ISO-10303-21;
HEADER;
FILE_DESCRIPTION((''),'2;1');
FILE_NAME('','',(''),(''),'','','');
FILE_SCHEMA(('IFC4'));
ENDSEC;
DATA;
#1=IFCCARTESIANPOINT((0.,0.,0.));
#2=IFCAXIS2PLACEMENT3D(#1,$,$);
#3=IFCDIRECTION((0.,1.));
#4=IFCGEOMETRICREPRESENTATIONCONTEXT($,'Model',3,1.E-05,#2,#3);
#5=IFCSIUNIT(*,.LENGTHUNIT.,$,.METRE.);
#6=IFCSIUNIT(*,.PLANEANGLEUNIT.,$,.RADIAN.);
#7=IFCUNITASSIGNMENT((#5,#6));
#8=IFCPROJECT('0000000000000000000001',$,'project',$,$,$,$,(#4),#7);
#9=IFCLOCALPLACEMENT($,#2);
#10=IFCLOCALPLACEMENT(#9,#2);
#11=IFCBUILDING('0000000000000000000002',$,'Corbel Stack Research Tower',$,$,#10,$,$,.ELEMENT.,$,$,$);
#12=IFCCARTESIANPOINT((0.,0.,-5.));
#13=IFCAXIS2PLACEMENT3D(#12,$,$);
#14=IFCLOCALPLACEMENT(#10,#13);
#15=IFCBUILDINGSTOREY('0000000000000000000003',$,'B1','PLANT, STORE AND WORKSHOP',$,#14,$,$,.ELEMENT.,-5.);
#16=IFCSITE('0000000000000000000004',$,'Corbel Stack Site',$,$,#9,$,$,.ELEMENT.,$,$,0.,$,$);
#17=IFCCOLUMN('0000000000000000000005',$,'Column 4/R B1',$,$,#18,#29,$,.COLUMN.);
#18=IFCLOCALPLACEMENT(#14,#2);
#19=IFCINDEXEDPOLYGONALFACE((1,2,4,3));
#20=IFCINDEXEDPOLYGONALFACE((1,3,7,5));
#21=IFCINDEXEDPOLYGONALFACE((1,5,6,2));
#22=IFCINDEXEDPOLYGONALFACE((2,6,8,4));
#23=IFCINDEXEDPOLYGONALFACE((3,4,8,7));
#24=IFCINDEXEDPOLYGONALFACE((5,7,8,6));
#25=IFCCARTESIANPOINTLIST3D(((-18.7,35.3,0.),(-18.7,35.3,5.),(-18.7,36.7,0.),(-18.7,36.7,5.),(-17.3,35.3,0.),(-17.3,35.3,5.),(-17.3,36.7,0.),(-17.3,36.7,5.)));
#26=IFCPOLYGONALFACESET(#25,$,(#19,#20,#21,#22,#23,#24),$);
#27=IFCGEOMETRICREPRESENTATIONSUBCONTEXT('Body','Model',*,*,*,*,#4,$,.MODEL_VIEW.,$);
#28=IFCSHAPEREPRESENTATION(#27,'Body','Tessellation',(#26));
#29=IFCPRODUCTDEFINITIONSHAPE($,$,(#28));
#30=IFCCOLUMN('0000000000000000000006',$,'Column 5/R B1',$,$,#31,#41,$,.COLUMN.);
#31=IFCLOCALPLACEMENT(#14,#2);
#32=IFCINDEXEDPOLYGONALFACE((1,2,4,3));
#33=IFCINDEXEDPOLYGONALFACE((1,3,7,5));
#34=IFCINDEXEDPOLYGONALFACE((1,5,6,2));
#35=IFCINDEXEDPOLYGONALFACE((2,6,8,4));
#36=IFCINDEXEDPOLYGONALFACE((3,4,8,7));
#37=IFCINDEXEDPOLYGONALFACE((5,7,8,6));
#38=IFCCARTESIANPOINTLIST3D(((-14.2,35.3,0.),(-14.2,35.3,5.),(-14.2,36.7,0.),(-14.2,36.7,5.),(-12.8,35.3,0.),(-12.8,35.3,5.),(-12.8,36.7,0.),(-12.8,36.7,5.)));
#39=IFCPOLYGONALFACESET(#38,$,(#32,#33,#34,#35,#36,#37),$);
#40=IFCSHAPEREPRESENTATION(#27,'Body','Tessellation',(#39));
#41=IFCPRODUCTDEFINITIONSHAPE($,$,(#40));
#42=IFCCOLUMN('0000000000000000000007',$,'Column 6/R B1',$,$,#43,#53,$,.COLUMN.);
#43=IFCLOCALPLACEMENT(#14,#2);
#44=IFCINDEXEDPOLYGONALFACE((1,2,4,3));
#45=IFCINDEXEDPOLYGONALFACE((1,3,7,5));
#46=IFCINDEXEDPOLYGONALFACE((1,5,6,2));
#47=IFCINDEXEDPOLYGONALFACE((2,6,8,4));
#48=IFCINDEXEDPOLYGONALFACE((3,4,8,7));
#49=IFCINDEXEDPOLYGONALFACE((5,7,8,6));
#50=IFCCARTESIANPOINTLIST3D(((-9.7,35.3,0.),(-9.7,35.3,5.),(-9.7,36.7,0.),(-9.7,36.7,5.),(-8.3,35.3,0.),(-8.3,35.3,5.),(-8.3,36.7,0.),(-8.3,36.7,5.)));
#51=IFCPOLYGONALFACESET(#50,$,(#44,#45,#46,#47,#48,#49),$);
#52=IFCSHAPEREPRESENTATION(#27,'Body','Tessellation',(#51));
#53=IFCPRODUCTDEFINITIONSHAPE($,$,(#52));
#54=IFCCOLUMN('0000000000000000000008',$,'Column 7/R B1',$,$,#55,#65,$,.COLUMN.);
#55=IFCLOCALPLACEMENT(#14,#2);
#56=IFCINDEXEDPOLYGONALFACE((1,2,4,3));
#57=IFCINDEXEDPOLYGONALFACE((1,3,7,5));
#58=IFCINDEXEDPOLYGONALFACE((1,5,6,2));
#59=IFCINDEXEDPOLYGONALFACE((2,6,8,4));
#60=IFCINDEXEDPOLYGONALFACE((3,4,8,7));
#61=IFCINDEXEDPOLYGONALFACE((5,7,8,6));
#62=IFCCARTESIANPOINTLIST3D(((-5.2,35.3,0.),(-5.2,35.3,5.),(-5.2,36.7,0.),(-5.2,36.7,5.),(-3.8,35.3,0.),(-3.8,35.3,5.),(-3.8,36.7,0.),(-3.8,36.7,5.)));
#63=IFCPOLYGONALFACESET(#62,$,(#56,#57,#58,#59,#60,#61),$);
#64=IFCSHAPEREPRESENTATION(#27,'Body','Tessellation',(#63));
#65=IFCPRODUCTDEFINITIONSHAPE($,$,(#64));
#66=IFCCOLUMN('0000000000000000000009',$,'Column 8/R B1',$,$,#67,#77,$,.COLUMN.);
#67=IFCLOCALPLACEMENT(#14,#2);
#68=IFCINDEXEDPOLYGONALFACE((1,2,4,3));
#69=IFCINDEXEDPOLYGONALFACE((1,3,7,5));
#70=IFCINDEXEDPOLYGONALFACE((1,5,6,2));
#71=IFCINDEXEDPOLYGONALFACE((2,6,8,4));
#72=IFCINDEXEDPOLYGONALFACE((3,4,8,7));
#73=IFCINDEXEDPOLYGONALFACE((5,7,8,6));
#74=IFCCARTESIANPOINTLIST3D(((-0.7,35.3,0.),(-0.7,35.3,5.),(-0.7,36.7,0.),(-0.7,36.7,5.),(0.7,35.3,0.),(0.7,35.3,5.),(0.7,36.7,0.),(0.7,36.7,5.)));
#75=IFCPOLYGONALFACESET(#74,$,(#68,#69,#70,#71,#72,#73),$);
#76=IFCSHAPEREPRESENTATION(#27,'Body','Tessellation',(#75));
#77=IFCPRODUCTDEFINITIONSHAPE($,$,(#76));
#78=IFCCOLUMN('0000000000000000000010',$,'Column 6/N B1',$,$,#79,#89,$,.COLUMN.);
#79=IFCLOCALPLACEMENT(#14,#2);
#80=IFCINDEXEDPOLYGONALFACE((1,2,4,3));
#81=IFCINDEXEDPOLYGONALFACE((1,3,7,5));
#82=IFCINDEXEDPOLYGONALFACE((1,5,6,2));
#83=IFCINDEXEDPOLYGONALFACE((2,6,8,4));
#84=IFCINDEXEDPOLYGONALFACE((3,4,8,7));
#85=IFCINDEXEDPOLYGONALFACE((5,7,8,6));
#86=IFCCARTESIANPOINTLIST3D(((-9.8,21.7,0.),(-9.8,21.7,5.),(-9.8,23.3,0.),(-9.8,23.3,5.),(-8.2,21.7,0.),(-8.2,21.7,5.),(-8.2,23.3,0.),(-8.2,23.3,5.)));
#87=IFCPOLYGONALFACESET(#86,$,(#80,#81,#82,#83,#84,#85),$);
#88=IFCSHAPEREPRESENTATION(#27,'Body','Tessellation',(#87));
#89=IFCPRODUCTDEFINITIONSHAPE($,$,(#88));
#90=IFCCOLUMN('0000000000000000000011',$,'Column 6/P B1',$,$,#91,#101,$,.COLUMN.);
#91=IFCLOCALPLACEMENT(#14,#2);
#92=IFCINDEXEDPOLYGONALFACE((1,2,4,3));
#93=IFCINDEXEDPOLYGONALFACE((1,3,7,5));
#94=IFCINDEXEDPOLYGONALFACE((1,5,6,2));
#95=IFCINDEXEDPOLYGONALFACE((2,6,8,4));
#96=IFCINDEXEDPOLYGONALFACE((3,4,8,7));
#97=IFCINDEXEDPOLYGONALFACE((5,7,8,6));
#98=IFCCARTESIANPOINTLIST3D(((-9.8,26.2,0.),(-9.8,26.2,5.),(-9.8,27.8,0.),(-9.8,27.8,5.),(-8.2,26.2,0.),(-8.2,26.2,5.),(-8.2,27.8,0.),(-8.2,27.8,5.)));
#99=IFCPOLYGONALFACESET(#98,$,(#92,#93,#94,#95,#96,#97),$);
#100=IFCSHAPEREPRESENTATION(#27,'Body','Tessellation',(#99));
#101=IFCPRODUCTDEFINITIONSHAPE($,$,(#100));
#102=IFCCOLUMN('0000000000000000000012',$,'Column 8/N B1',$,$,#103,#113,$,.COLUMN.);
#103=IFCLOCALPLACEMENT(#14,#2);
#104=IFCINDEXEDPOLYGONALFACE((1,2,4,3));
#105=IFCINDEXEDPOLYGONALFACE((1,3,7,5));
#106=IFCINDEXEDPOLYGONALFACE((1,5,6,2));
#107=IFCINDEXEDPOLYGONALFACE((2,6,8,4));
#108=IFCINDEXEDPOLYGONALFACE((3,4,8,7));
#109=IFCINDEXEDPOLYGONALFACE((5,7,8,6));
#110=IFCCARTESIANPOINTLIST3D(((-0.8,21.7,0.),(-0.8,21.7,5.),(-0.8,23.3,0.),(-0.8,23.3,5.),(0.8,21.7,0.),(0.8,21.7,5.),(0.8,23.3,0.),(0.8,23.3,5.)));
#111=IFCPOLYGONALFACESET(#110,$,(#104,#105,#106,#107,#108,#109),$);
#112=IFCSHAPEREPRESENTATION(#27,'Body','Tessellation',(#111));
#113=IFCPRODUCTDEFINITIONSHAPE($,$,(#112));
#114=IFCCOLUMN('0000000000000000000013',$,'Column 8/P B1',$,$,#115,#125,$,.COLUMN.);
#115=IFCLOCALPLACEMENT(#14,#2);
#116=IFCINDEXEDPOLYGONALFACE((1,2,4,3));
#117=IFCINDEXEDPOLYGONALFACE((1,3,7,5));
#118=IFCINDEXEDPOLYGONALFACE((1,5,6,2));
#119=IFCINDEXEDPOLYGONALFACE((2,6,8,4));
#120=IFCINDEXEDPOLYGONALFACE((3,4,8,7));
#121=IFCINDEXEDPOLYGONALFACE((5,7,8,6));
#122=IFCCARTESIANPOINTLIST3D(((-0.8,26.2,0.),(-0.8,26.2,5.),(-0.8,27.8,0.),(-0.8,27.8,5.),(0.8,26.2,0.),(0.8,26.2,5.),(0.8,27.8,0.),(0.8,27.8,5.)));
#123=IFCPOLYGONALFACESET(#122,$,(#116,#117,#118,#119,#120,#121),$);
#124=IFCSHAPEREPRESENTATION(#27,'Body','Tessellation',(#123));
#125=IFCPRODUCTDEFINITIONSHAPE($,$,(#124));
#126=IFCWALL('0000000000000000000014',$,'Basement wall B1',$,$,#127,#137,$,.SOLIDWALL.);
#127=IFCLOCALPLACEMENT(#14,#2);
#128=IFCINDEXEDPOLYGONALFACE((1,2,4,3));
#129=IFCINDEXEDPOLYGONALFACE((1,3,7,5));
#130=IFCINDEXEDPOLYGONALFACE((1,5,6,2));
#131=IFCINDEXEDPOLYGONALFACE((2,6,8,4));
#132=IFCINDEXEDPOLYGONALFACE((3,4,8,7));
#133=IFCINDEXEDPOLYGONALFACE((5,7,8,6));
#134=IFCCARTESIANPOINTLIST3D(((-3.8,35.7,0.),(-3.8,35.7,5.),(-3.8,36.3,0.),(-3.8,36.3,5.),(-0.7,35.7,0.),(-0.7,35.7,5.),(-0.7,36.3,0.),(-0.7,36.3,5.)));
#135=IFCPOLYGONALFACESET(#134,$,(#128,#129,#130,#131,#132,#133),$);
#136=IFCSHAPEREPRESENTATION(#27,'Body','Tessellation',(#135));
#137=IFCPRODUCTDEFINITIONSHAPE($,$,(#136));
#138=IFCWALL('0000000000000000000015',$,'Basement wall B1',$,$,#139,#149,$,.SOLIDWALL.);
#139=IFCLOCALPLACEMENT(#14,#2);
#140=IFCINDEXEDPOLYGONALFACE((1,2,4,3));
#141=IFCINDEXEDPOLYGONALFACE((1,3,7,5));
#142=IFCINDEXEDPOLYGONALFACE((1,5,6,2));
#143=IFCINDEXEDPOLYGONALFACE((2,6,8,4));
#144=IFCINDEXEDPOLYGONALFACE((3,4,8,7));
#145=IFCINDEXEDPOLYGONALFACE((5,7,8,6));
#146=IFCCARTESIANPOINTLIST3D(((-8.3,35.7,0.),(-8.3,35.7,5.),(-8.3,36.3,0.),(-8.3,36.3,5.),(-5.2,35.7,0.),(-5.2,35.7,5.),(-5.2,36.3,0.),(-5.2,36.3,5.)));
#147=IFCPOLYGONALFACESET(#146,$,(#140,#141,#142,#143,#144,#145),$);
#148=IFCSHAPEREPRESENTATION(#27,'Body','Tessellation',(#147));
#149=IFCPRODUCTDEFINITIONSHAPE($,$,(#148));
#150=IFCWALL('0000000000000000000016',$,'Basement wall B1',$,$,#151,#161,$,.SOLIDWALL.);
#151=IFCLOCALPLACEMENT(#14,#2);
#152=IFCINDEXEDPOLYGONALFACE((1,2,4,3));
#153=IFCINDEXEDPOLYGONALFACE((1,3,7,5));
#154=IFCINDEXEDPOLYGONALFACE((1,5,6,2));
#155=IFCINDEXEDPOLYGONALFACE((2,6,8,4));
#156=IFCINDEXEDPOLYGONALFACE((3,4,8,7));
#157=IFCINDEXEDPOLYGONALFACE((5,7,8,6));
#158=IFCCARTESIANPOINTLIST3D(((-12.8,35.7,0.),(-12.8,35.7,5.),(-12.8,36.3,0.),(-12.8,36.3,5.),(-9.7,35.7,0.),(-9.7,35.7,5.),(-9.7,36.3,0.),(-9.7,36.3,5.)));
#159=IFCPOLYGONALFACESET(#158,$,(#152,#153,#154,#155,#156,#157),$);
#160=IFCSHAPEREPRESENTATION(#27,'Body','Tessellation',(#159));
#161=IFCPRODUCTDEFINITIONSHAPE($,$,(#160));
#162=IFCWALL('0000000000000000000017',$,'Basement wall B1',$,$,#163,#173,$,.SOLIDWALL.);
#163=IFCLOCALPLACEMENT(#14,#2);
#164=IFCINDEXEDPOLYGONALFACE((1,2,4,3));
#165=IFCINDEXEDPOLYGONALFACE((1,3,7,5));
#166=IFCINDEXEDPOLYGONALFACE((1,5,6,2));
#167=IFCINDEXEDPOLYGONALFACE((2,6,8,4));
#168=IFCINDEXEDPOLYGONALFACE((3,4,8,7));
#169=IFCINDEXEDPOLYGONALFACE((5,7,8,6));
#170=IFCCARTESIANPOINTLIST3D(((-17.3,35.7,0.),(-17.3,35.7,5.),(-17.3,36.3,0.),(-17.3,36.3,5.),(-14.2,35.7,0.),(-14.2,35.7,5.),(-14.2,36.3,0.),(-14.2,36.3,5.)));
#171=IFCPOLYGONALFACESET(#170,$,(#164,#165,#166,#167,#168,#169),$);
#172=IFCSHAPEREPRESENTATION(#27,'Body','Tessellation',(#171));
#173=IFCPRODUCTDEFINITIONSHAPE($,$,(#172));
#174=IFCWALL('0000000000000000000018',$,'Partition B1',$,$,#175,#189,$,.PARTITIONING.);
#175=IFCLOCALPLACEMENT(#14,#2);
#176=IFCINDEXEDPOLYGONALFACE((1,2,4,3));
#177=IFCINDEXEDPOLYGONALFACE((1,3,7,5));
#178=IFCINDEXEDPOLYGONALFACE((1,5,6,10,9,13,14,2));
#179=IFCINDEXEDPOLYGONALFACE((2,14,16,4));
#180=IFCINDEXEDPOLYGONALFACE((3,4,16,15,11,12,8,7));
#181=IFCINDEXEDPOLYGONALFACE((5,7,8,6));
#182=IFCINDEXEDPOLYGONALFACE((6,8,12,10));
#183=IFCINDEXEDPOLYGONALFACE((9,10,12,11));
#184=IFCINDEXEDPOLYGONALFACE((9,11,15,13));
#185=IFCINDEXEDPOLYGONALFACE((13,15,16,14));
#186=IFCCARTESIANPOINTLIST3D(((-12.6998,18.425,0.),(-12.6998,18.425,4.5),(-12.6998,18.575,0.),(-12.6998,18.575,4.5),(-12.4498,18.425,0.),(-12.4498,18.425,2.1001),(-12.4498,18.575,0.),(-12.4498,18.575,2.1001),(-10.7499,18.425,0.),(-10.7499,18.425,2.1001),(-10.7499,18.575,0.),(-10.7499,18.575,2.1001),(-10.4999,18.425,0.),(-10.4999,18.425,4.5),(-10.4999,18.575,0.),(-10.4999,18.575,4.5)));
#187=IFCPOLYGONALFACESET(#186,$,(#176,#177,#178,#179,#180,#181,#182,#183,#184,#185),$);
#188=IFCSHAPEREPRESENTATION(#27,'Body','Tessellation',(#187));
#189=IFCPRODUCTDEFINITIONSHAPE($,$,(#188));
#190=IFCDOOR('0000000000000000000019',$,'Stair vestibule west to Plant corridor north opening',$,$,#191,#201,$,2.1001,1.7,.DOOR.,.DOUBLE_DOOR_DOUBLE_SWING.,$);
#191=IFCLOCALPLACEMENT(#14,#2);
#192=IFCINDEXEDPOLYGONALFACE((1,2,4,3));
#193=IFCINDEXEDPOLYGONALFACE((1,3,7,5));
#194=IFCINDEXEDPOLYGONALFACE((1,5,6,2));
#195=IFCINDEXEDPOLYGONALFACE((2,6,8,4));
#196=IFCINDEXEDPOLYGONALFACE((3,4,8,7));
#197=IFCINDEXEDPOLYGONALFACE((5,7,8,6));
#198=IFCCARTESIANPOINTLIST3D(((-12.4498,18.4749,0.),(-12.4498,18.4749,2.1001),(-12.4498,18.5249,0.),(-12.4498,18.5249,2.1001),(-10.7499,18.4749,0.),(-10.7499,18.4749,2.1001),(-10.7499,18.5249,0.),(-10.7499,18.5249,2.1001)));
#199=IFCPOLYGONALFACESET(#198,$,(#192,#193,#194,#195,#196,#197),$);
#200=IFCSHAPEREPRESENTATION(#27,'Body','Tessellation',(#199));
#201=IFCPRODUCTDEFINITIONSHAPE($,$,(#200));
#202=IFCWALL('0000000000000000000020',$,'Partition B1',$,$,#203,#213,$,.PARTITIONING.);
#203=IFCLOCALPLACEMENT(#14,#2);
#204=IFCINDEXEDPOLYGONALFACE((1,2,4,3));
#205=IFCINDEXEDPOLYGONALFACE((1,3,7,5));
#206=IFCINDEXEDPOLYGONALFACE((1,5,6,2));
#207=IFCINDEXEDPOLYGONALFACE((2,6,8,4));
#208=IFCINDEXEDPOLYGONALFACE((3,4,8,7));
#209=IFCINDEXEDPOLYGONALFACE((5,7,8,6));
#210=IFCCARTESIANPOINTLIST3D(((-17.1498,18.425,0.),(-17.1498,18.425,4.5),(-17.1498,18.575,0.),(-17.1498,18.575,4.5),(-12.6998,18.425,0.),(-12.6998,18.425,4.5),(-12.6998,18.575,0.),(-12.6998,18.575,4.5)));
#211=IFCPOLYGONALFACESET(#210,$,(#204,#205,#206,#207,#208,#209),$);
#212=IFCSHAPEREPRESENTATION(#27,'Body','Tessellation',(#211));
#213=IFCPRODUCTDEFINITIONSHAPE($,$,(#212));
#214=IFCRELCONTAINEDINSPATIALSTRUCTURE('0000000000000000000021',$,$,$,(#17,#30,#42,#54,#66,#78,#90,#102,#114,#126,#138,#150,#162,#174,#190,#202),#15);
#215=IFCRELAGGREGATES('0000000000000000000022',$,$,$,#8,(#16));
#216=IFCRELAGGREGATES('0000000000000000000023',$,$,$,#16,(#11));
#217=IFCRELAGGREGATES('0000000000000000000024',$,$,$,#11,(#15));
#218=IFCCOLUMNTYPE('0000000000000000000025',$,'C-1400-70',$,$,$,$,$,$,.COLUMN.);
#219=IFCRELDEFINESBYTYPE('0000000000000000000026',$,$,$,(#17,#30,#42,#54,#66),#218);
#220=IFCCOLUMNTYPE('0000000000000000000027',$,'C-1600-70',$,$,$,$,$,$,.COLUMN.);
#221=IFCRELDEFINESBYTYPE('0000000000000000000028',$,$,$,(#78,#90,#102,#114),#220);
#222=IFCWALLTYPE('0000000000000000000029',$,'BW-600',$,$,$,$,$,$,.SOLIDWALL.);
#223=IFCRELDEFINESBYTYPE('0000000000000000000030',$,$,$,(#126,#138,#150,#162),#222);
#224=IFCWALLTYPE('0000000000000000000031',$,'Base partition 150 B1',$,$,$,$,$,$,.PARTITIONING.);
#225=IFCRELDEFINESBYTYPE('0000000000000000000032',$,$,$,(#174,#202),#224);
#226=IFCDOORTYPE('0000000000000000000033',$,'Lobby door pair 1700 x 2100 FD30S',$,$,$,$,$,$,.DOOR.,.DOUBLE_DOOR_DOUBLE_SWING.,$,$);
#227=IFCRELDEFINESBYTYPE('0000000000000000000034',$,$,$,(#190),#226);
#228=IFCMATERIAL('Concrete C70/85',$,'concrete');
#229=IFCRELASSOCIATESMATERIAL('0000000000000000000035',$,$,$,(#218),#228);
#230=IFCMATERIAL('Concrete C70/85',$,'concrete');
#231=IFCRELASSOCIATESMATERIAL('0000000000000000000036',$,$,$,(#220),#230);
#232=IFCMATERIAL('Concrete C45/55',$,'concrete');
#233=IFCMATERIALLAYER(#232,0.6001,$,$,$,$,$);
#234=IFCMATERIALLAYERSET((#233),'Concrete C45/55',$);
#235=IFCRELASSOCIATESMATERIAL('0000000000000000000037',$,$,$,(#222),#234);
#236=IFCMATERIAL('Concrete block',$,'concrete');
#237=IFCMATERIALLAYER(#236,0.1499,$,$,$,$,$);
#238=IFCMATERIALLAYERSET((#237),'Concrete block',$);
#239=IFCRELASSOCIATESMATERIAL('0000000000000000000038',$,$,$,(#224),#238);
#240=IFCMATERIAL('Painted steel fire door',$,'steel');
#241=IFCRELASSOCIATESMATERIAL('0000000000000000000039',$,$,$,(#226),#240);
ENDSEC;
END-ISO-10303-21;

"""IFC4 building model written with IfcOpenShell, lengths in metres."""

from ifc_helpers import new_model, si_unit, direction, frame, frame_2d, origin, origin_2d, place, context, subcontext, project, spatial, rectangle, extrude, material, layer, layer_set, material_profile, profile_set, type_object, element, fill, save


model = new_model("IFC4")

# Units and contexts
model_context = context("Model", 3, precision=1e-05, world=origin(), true_north=direction((0.0, 1.0)))
body_context = subcontext(model_context, "Body", "Model", "MODEL_VIEW")
ifc_project = project(units=[si_unit("LENGTHUNIT", "METRE"), si_unit("PLANEANGLEUNIT", "RADIAN")], contexts=[model_context])

# Site, building, storey
site_placement = place(None, origin())
site = spatial("IfcSite", under=ifc_project, at=site_placement, Name="Corbel Stack Site", CompositionType="ELEMENT", RefElevation=0.0)
building_placement = place(site_placement, origin())
building = spatial("IfcBuilding", under=site, at=building_placement, Name="Corbel Stack Research Tower", CompositionType="ELEMENT")
storey_placement = place(building_placement, frame((0.0, 0.0, -5.0)))
storey = spatial("IfcBuildingStorey", under=building, at=storey_placement, Name="B1", Description="PLANT, STORE AND WORKSHOP", CompositionType="ELEMENT", Elevation=-5.0)

# Columns
ifc_material_1 = material(Name="Concrete C70/85", Category="concrete")
ifc_material_profile_1 = material_profile(ifc_material_1, rectangle(XDim=1.3999, YDim=1.3999, at=origin_2d()), Name="RC 1400 x 1400")
ifc_profile_set_1 = profile_set([ifc_material_profile_1], Name="Concrete C70/85")
column_type_1 = type_object("IfcColumnType", Name="C-1400-70", PredefinedType="COLUMN", material=ifc_profile_set_1)
for number, where, z_axis, x_axis, name in (
    (1, (-18.0, 36.0, 0.0), (0.0, 0.0, 1.0), (1.0, 0.0, 0.0), "Column 4/R B1"),
    (2, (-13.5, 36.0, 0.0), (0.0, 0.0, 1.0), (1.0, 0.0, 0.0), "Column 5/R B1"),
    (3, (-9.0, 36.0, 0.0), (0.0, 0.0, 1.0), (1.0, 0.0, 0.0), "Column 6/R B1"),
    (4, (-4.5, 36.0, 0.0), (0.0, 0.0, 1.0), (1.0, 0.0, 0.0), "Column 7/R B1"),
    (5, (0.0, 36.0, 0.0), (0.0, 0.0, 1.0), (1.0, 0.0, 0.0), "Column 8/R B1"),
):
    element("IfcColumn", number, at=place(storey_placement, frame(where, z_axis=z_axis, x_axis=x_axis)), inside=storey, type_object=column_type_1, Name=name, PredefinedType="COLUMN", context=body_context, shape_type="SweptSolid", body=[
        extrude(rectangle(XDim=1.3999, YDim=1.3999, at=origin_2d()), origin(), (0.0, 0.0, 1.0), 5.0),
    ])
ifc_material_2 = material(Name="Concrete C70/85", Category="concrete")
ifc_material_profile_2 = material_profile(ifc_material_2, rectangle(XDim=1.6001, YDim=1.6001, at=origin_2d()), Name="RC 1600 x 1600")
ifc_profile_set_2 = profile_set([ifc_material_profile_2], Name="Concrete C70/85")
column_type_2 = type_object("IfcColumnType", Name="C-1600-70", PredefinedType="COLUMN", material=ifc_profile_set_2)
for number, where, z_axis, x_axis, name in (
    (6, (-9.0, 22.5, 0.0), (0.0, 0.0, 1.0), (1.0, 0.0, 0.0), "Column 6/N B1"),
    (7, (-9.0, 27.0, 0.0), (0.0, 0.0, 1.0), (1.0, 0.0, 0.0), "Column 6/P B1"),
    (8, (0.0, 22.5, 0.0), (0.0, 0.0, 1.0), (1.0, 0.0, 0.0), "Column 8/N B1"),
    (9, (0.0, 27.0, 0.0), (0.0, 0.0, 1.0), (1.0, 0.0, 0.0), "Column 8/P B1"),
):
    element("IfcColumn", number, at=place(storey_placement, frame(where, z_axis=z_axis, x_axis=x_axis)), inside=storey, type_object=column_type_2, Name=name, PredefinedType="COLUMN", context=body_context, shape_type="SweptSolid", body=[
        extrude(rectangle(XDim=1.6001, YDim=1.6001, at=origin_2d()), origin(), (0.0, 0.0, 1.0), 5.0),
    ])

# Walls
ifc_material_3 = material(Name="Concrete C45/55", Category="concrete")
ifc_layer_1 = layer(ifc_material_3, 0.6001)
ifc_layer_set_1 = layer_set([ifc_layer_1], Name="Concrete C45/55")
wall_type_1 = type_object("IfcWallType", Name="BW-600", PredefinedType="SOLIDWALL", material=ifc_layer_set_1)
for number, where, z_axis, x_axis, name in (
    (10, (-0.7, 36.0, 0.0), (0.0, 0.0, 1.0), (-1.0, 0.0, 0.0), "Basement wall B1"),
    (11, (-5.2, 36.0, 0.0), (0.0, 0.0, 1.0), (-1.0, 0.0, 0.0), "Basement wall B1"),
    (12, (-9.7, 36.0, 0.0), (0.0, 0.0, 1.0), (-1.0, 0.0, 0.0), "Basement wall B1"),
    (13, (-14.2, 36.0, 0.0), (0.0, 0.0, 1.0), (-1.0, 0.0, 0.0), "Basement wall B1"),
):
    element("IfcWall", number, at=place(storey_placement, frame(where, z_axis=z_axis, x_axis=x_axis)), inside=storey, type_object=wall_type_1, Name=name, PredefinedType="SOLIDWALL", context=body_context, shape_type="SweptSolid", body=[
        extrude(rectangle(XDim=3.1001, YDim=0.6001, at=frame_2d((1.55, 0.0))), origin(), (0.0, 0.0, 1.0), 5.0),
    ])

# Wall, opening, door
ifc_material_4 = material(Name="Concrete block", Category="concrete")
ifc_layer_2 = layer(ifc_material_4, 0.1499)
ifc_layer_set_2 = layer_set([ifc_layer_2], Name="Concrete block")
wall_type_2 = type_object("IfcWallType", Name="Base partition 150 B1", PredefinedType="PARTITIONING", material=ifc_layer_set_2)
wall_1_placement = place(storey_placement, frame((-12.7, 18.5, 0.0), z_axis=(0.0, 0.0, 1.0), x_axis=(1.0, 0.0, 0.0)))
wall_1 = element("IfcWall", 14, at=wall_1_placement, inside=storey, type_object=wall_type_2, Name="Partition B1", PredefinedType="PARTITIONING", context=body_context, shape_type="SweptSolid", body=[
    extrude(rectangle(XDim=2.2, YDim=0.1499, at=frame_2d((1.1001, 0.0))), origin(), (0.0, 0.0, 1.0), 4.5),
])
opening_1_placement = place(wall_1_placement, frame((0.25, 0.0, 0.0)))
opening_1 = element("IfcOpeningElement", 15, at=opening_1_placement, cuts=wall_1, PredefinedType="OPENING", context=body_context, shape_type="SweptSolid", body=[
    extrude(rectangle(XDim=1.7, YDim=2.1001, at=frame_2d((0.8501, 1.05))), frame((0.0, 0.085, 0.0), z_axis=(0.0, -1.0, 0.0), x_axis=(1.0, 0.0, 0.0)), (0.0, 0.0, 1.0), 0.1699),
])
ifc_material_5 = material(Name="Painted steel fire door", Category="steel")
door_type_1 = type_object("IfcDoorType", Name="Lobby door pair 1700 x 2100 FD30S", OperationType="DOUBLE_DOOR_DOUBLE_SWING", PredefinedType="DOOR", material=ifc_material_5)
door_1_placement = place(opening_1_placement, origin())
door_1 = element("IfcDoor", 16, at=door_1_placement, inside=storey, type_object=door_type_1, Name="Stair vestibule west to Plant corridor north opening", OperationType="DOUBLE_DOOR_DOUBLE_SWING", OverallHeight=2.1001, OverallWidth=1.7, PredefinedType="DOOR", context=body_context, shape_type="SweptSolid", body=[
    extrude(rectangle(XDim=1.7, YDim=2.1001, at=frame_2d((0.8501, 1.05))), frame((0.0, 0.0249, 0.0), z_axis=(0.0, -1.0, 0.0), x_axis=(1.0, 0.0, 0.0)), (0.0, 0.0, 1.0), 0.05),
])
fill(opening_1, door_1)

# Wall
wall_2_placement = place(storey_placement, frame((-17.1499, 18.5, 0.0), z_axis=(0.0, 0.0, 1.0), x_axis=(1.0, 0.0, 0.0)))
element("IfcWall", 17, at=wall_2_placement, inside=storey, type_object=wall_type_2, Name="Partition B1", PredefinedType="PARTITIONING", context=body_context, shape_type="SweptSolid", body=[
    extrude(rectangle(XDim=4.45, YDim=0.1499, at=frame_2d((2.2251, 0.0))), origin(), (0.0, 0.0, 1.0), 4.5),
])

save(model, "model.ifc")
